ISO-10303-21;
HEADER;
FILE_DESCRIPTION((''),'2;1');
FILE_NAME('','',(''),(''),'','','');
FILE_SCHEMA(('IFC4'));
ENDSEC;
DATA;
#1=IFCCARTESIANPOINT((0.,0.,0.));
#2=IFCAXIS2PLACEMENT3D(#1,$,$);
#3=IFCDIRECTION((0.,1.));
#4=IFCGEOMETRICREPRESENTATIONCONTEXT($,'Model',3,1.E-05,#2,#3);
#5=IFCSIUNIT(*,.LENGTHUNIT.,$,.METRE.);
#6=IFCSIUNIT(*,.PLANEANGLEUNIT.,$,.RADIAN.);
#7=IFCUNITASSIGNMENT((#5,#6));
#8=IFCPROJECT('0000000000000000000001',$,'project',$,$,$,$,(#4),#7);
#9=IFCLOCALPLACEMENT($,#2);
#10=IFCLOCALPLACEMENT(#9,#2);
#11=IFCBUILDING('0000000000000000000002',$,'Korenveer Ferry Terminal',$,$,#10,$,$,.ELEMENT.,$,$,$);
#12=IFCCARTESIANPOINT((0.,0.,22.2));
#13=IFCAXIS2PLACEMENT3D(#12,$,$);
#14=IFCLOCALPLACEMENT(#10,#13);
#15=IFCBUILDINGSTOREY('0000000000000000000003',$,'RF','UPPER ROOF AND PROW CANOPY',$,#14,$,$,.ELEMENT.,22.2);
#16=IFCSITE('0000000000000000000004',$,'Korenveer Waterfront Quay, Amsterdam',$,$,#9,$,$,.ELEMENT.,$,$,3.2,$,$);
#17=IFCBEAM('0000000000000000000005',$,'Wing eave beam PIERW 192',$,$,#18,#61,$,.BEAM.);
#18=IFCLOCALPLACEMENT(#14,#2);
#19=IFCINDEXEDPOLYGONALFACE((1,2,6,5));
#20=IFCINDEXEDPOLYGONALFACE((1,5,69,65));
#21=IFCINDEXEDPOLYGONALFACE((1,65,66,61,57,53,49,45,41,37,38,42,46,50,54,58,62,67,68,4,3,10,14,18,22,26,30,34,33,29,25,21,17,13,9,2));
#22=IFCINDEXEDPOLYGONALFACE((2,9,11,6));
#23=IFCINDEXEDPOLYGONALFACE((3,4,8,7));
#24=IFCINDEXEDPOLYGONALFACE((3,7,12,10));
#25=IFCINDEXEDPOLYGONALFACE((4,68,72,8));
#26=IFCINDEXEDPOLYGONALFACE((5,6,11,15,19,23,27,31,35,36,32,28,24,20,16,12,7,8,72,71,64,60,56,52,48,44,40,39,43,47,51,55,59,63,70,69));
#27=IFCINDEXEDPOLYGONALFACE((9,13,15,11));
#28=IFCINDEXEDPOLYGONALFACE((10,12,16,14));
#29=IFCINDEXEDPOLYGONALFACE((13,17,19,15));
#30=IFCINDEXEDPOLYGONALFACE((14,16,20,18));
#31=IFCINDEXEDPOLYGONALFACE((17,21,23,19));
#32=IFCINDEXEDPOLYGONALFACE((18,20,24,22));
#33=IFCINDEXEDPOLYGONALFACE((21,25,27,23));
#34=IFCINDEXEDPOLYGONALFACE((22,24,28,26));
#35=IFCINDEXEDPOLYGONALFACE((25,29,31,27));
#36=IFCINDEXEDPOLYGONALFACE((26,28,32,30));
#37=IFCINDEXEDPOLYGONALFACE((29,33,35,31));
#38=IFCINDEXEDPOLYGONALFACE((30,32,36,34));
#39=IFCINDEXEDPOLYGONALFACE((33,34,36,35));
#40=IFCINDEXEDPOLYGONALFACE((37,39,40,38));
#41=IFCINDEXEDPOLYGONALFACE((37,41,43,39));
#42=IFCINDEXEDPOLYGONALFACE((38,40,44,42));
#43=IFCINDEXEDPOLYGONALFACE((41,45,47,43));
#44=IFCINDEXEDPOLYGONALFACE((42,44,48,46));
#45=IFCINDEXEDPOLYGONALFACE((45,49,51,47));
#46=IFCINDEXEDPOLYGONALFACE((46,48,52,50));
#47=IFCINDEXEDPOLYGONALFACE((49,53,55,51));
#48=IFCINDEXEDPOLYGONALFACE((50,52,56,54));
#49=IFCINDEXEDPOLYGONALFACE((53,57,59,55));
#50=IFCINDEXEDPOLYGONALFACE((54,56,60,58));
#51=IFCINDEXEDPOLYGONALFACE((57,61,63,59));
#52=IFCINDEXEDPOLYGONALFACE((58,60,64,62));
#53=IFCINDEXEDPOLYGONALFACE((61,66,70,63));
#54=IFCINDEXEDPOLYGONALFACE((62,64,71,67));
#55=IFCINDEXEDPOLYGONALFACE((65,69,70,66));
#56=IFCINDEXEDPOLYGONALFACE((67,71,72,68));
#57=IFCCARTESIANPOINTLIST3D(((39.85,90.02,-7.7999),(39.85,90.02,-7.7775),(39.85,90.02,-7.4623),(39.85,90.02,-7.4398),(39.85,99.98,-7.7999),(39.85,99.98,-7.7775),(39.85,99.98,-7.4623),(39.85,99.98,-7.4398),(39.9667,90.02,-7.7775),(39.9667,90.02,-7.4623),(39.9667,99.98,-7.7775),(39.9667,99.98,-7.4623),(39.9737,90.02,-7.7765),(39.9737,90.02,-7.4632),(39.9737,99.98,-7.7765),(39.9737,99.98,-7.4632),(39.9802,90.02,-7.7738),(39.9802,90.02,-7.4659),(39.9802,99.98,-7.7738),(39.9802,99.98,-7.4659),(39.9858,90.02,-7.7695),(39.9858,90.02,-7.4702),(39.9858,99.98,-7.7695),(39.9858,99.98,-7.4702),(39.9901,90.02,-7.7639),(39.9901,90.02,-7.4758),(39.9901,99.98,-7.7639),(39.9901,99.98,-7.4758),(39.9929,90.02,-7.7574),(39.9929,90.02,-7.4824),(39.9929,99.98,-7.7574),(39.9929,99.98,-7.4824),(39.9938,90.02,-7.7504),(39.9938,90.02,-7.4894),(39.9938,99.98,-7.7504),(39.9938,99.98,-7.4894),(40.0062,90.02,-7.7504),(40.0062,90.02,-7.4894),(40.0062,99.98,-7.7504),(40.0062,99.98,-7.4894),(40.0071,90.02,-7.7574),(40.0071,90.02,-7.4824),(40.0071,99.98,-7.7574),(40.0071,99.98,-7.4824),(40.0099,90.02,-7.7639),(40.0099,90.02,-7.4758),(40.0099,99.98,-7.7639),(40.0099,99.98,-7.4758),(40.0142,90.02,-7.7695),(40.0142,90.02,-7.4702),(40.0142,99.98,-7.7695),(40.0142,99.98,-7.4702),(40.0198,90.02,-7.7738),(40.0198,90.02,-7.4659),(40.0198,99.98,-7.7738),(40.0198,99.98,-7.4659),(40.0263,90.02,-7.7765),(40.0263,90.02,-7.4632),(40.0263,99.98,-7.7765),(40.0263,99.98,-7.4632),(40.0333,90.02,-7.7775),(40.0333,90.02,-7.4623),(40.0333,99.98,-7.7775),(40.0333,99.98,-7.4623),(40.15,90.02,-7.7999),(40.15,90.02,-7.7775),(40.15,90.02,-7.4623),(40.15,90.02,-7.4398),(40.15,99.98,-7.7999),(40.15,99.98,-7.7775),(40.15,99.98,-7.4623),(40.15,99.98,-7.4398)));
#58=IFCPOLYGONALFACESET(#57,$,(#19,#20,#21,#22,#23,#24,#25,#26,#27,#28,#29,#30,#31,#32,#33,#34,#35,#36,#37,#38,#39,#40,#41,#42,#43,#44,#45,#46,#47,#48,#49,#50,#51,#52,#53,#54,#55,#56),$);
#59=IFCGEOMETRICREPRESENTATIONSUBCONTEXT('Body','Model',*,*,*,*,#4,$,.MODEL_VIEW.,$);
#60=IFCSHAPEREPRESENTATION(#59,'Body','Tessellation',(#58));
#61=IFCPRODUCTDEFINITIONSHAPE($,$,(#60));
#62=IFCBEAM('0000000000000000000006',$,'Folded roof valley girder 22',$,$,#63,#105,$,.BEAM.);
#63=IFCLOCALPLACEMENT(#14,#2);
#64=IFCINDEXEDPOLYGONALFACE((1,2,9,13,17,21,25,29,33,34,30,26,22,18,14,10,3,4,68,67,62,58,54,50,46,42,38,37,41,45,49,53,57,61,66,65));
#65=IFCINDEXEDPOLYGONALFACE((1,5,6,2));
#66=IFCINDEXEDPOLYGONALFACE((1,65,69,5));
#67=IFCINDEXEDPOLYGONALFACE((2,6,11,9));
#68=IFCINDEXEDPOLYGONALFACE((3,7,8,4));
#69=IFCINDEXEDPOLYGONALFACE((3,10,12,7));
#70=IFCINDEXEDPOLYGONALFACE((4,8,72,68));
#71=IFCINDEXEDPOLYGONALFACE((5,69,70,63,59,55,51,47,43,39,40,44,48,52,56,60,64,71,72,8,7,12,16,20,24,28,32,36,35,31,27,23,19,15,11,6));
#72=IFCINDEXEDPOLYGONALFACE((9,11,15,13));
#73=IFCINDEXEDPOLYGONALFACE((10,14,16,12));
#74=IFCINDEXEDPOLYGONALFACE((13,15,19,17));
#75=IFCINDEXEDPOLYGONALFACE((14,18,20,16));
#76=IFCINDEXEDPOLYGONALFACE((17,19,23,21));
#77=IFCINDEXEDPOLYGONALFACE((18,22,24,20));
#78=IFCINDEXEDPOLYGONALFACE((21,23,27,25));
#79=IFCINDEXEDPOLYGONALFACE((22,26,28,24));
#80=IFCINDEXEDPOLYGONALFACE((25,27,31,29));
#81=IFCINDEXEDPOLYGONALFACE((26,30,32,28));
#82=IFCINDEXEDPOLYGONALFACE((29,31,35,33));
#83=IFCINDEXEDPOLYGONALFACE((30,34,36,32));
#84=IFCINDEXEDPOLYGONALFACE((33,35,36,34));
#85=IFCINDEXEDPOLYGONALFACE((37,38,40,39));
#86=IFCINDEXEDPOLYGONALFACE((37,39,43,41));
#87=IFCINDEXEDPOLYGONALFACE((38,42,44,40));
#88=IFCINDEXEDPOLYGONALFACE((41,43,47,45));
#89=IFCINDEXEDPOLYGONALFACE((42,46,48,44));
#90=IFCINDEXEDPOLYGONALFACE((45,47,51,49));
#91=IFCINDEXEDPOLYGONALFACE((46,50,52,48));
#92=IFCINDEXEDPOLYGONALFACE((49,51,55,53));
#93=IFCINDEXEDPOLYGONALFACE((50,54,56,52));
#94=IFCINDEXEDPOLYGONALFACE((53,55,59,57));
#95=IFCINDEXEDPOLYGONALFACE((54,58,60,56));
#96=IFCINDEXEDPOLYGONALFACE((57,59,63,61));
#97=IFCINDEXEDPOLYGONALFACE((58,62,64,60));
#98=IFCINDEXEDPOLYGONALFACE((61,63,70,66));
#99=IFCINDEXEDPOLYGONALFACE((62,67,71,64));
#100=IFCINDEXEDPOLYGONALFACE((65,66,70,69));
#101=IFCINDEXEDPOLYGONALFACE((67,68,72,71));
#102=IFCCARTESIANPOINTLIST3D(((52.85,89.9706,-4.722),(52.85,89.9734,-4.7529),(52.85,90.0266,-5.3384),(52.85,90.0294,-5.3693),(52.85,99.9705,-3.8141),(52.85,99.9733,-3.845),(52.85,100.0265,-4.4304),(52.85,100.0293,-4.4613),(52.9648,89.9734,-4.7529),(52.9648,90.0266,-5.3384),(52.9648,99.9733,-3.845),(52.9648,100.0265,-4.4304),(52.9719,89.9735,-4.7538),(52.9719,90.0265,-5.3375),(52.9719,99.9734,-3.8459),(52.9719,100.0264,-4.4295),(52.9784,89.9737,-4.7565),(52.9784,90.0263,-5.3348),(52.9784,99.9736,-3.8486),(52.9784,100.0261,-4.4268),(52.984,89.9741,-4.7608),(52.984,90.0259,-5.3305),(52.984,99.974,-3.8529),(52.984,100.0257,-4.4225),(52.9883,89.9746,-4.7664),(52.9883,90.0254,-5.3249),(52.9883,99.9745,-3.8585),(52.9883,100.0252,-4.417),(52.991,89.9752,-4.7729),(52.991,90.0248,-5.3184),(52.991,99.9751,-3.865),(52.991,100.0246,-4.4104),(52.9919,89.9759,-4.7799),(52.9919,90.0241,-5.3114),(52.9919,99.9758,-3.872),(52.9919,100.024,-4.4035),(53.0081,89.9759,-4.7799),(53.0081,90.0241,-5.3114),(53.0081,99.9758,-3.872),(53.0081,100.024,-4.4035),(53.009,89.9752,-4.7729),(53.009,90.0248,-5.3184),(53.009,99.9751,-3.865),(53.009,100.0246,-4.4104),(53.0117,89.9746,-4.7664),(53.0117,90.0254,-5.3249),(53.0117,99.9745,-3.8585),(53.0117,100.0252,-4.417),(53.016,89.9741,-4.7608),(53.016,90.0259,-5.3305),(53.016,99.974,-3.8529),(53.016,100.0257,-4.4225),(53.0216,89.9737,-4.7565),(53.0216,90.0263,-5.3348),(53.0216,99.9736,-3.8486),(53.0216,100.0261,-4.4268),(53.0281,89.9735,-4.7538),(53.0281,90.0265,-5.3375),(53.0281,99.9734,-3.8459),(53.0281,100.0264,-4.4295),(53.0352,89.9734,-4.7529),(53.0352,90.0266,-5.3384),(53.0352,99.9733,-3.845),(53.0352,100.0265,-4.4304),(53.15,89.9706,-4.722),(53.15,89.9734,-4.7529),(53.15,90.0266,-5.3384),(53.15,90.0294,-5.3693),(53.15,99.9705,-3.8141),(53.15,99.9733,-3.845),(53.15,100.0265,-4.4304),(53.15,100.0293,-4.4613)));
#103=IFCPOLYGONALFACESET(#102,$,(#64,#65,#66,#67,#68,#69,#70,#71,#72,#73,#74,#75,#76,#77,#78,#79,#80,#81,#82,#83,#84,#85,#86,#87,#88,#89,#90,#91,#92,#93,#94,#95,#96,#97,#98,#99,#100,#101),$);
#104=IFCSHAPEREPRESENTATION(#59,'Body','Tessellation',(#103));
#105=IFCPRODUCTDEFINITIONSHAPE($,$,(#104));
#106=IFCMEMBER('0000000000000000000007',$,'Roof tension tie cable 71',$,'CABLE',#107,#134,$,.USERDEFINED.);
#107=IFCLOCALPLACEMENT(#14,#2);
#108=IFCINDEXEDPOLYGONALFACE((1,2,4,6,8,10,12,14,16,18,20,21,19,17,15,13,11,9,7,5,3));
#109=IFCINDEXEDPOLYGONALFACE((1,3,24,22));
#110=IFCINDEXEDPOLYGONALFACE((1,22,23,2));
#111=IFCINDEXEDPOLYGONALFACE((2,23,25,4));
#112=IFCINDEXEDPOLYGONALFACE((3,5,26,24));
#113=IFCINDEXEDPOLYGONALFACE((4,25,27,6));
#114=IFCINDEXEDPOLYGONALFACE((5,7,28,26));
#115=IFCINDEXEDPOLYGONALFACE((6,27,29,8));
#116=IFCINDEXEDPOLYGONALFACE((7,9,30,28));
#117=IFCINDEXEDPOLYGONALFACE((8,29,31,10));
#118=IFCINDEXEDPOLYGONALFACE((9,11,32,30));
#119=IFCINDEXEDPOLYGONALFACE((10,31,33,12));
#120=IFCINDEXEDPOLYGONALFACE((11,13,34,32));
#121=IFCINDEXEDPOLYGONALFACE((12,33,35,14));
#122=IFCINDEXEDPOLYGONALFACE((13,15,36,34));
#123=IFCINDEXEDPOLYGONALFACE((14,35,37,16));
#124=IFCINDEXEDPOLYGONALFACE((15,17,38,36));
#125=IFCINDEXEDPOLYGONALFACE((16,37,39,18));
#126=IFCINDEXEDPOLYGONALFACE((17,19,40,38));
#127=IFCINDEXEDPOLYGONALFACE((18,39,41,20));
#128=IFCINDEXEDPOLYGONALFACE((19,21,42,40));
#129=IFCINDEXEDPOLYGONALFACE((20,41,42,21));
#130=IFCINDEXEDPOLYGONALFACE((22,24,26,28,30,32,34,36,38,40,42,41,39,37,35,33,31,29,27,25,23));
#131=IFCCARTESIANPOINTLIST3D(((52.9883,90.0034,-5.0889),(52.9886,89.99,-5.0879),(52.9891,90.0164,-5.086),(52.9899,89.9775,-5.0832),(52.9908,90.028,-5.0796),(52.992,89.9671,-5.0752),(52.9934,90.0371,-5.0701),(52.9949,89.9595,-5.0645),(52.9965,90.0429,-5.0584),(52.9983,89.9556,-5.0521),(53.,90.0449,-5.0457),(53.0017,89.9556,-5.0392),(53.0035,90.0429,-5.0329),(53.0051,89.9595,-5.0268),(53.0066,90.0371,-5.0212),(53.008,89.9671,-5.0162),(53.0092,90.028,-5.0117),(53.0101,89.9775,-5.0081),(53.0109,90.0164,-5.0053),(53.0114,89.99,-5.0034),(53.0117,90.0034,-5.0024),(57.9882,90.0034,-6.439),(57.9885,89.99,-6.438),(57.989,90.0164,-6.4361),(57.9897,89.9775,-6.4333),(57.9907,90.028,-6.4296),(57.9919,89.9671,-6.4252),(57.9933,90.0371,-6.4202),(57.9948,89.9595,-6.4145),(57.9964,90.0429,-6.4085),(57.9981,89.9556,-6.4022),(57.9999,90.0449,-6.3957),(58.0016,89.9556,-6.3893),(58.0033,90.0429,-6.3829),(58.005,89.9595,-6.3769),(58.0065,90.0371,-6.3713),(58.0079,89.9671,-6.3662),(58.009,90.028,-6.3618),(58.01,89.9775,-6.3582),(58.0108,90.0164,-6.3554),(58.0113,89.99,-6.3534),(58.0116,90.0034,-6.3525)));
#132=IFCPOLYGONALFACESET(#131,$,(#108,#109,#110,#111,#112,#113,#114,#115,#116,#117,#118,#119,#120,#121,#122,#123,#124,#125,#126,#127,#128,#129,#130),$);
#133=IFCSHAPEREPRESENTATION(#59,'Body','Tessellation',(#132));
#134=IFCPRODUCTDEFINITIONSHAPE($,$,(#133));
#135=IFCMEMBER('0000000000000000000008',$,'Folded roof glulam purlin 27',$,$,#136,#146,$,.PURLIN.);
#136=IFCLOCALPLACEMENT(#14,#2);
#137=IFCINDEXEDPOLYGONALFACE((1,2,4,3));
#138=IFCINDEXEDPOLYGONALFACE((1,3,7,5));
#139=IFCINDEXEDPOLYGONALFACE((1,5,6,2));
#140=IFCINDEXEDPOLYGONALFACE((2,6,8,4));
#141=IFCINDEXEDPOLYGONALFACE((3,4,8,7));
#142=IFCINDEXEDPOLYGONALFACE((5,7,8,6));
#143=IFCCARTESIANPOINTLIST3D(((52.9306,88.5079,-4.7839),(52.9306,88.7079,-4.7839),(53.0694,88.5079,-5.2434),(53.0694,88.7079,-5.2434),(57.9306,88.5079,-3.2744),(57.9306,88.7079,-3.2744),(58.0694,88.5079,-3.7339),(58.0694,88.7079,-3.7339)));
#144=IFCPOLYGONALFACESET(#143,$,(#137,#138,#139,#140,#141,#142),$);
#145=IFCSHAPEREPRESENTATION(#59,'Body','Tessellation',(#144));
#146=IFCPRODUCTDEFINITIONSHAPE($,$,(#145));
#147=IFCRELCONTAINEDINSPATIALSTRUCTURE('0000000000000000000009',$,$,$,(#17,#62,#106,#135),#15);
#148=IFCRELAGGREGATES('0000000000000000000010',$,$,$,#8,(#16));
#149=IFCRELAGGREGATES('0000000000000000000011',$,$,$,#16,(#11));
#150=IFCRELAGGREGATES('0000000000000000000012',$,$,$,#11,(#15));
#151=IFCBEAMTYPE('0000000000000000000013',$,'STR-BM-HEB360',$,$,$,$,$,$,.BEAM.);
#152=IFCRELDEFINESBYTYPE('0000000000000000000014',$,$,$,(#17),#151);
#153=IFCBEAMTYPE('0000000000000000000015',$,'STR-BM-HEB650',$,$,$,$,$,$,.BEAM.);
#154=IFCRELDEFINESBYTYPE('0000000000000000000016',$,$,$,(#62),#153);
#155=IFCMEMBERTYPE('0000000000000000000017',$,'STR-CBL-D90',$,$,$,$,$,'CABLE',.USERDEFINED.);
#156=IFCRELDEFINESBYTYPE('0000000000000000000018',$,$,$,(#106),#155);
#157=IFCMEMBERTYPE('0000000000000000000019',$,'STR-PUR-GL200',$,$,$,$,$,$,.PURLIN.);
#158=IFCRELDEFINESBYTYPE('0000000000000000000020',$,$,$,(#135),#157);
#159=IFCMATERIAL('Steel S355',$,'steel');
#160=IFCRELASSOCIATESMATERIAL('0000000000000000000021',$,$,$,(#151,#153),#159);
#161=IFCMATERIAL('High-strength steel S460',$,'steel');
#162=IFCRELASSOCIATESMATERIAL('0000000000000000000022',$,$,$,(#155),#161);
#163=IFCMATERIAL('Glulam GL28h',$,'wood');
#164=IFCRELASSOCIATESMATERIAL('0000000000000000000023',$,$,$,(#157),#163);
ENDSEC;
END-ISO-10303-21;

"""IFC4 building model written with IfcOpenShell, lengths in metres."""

from ifc_helpers import new_model, si_unit, direction, frame, origin, origin_2d, place, context, subcontext, project, spatial, rectangle, circle, i_section, extrude, material, material_profile, profile_set, type_object, element, save


model = new_model("IFC4")

# Units and contexts
model_context = context("Model", 3, precision=1e-05, world=origin(), true_north=direction((0.0, 1.0)))
body_context = subcontext(model_context, "Body", "Model", "MODEL_VIEW")
ifc_project = project(units=[si_unit("LENGTHUNIT", "METRE"), si_unit("PLANEANGLEUNIT", "RADIAN")], contexts=[model_context])

# Site, building, storey
site_placement = place(None, origin())
site = spatial("IfcSite", under=ifc_project, at=site_placement, Name="Korenveer Waterfront Quay, Amsterdam", CompositionType="ELEMENT", RefElevation=3.2)
building_placement = place(site_placement, origin())
building = spatial("IfcBuilding", under=site, at=building_placement, Name="Korenveer Ferry Terminal", CompositionType="ELEMENT")
storey_placement = place(building_placement, frame((0.0, 0.0, 22.2)))
storey = spatial("IfcBuildingStorey", under=building, at=storey_placement, Name="RF", Description="UPPER ROOF AND PROW CANOPY", CompositionType="ELEMENT", Elevation=22.2)

# Beams
ifc_material_1 = material(Name="Steel S355", Category="steel")
ifc_material_profile_1 = material_profile(ifc_material_1, i_section(OverallWidth=0.3, OverallDepth=0.3601, WebThickness=0.0125, FlangeThickness=0.0225, FilletRadius=0.0271, at=origin_2d()), Name="HEB 360")
ifc_profile_set_1 = profile_set([ifc_material_profile_1], Name="Steel S355")
beam_type_1 = type_object("IfcBeamType", Name="STR-BM-HEB360", PredefinedType="BEAM", material=ifc_profile_set_1)
beam_1_placement = place(storey_placement, frame((40.0, 90.02, -7.6199), z_axis=(0.0, 1.0, 0.0), x_axis=(-1.0, 0.0, 0.0)))
element("IfcBeam", 1, at=beam_1_placement, inside=storey, type_object=beam_type_1, Name="Wing eave beam PIERW 192", PredefinedType="BEAM", context=body_context, shape_type="SweptSolid", body=[
    extrude(i_section(OverallWidth=0.3, OverallDepth=0.3601, WebThickness=0.0125, FlangeThickness=0.0225, FilletRadius=0.0271, at=origin_2d()), origin(), (0.0, 0.0, 1.0), 9.96),
])
ifc_material_profile_2 = material_profile(ifc_material_1, i_section(OverallWidth=0.3, OverallDepth=0.6499, WebThickness=0.0161, FlangeThickness=0.031, FilletRadius=0.0271, at=origin_2d()), Name="HEB 650")
ifc_profile_set_2 = profile_set([ifc_material_profile_2], Name="Steel S355")
beam_type_2 = type_object("IfcBeamType", Name="STR-BM-HEB650", PredefinedType="BEAM", material=ifc_profile_set_2)
beam_2_placement = place(storey_placement, frame((53.0, 90.0, -5.0457), z_axis=(0.0, 0.995903, 0.090424), x_axis=(-1.0, 0.0, 0.0)))
element("IfcBeam", 2, at=beam_2_placement, inside=storey, type_object=beam_type_2, Name="Folded roof valley girder 22", PredefinedType="BEAM", context=body_context, shape_type="SweptSolid", body=[
    extrude(i_section(OverallWidth=0.3, OverallDepth=0.6499, WebThickness=0.0161, FlangeThickness=0.031, FilletRadius=0.0271, at=origin_2d()), origin(), (0.0, 0.0, 1.0), 10.041),
])

# Members
ifc_material_2 = material(Name="High-strength steel S460", Category="steel")
ifc_material_profile_3 = material_profile(ifc_material_2, circle(Radius=0.0449, at=origin_2d()), Name="ROD D90")
ifc_profile_set_3 = profile_set([ifc_material_profile_3], Name="High-strength steel S460")
member_type_1 = type_object("IfcMemberType", Name="STR-CBL-D90", ElementType="CABLE", PredefinedType="USERDEFINED", material=ifc_profile_set_3)
member_1_placement = place(storey_placement, frame((53.0, 90.0, -5.0457), z_axis=(0.965424, 0.0, -0.260683), x_axis=(0.0, 1.0, 0.0)))
element("IfcMember", 3, at=member_1_placement, inside=storey, type_object=member_type_1, Name="Roof tension tie cable 71", ObjectType="CABLE", PredefinedType="USERDEFINED", context=body_context, shape_type="SweptSolid", body=[
    extrude(circle(Radius=0.0449, at=origin_2d()), origin(), (0.0, 0.0, 1.0), 5.179),
])
ifc_material_3 = material(Name="Glulam GL28h", Category="wood")
ifc_material_profile_4 = material_profile(ifc_material_3, rectangle(XDim=0.2, YDim=0.48, at=origin_2d()), Name="GL 200x480")
ifc_profile_set_4 = profile_set([ifc_material_profile_4], Name="Glulam GL28h")
member_type_2 = type_object("IfcMemberType", Name="STR-PUR-GL200", PredefinedType="PURLIN", material=ifc_profile_set_4)
member_2_placement = place(storey_placement, frame((53.0, 88.6079, -5.0137), z_axis=(0.957323, 0.0, 0.28902), x_axis=(0.0, 1.0, 0.0)))
element("IfcMember", 4, at=member_2_placement, inside=storey, type_object=member_type_2, Name="Folded roof glulam purlin 27", PredefinedType="PURLIN", context=body_context, shape_type="SweptSolid", body=[
    extrude(rectangle(XDim=0.2, YDim=0.48, at=origin_2d()), origin(), (0.0, 0.0, 1.0), 5.2229),
])

save(model, "model.ifc")
